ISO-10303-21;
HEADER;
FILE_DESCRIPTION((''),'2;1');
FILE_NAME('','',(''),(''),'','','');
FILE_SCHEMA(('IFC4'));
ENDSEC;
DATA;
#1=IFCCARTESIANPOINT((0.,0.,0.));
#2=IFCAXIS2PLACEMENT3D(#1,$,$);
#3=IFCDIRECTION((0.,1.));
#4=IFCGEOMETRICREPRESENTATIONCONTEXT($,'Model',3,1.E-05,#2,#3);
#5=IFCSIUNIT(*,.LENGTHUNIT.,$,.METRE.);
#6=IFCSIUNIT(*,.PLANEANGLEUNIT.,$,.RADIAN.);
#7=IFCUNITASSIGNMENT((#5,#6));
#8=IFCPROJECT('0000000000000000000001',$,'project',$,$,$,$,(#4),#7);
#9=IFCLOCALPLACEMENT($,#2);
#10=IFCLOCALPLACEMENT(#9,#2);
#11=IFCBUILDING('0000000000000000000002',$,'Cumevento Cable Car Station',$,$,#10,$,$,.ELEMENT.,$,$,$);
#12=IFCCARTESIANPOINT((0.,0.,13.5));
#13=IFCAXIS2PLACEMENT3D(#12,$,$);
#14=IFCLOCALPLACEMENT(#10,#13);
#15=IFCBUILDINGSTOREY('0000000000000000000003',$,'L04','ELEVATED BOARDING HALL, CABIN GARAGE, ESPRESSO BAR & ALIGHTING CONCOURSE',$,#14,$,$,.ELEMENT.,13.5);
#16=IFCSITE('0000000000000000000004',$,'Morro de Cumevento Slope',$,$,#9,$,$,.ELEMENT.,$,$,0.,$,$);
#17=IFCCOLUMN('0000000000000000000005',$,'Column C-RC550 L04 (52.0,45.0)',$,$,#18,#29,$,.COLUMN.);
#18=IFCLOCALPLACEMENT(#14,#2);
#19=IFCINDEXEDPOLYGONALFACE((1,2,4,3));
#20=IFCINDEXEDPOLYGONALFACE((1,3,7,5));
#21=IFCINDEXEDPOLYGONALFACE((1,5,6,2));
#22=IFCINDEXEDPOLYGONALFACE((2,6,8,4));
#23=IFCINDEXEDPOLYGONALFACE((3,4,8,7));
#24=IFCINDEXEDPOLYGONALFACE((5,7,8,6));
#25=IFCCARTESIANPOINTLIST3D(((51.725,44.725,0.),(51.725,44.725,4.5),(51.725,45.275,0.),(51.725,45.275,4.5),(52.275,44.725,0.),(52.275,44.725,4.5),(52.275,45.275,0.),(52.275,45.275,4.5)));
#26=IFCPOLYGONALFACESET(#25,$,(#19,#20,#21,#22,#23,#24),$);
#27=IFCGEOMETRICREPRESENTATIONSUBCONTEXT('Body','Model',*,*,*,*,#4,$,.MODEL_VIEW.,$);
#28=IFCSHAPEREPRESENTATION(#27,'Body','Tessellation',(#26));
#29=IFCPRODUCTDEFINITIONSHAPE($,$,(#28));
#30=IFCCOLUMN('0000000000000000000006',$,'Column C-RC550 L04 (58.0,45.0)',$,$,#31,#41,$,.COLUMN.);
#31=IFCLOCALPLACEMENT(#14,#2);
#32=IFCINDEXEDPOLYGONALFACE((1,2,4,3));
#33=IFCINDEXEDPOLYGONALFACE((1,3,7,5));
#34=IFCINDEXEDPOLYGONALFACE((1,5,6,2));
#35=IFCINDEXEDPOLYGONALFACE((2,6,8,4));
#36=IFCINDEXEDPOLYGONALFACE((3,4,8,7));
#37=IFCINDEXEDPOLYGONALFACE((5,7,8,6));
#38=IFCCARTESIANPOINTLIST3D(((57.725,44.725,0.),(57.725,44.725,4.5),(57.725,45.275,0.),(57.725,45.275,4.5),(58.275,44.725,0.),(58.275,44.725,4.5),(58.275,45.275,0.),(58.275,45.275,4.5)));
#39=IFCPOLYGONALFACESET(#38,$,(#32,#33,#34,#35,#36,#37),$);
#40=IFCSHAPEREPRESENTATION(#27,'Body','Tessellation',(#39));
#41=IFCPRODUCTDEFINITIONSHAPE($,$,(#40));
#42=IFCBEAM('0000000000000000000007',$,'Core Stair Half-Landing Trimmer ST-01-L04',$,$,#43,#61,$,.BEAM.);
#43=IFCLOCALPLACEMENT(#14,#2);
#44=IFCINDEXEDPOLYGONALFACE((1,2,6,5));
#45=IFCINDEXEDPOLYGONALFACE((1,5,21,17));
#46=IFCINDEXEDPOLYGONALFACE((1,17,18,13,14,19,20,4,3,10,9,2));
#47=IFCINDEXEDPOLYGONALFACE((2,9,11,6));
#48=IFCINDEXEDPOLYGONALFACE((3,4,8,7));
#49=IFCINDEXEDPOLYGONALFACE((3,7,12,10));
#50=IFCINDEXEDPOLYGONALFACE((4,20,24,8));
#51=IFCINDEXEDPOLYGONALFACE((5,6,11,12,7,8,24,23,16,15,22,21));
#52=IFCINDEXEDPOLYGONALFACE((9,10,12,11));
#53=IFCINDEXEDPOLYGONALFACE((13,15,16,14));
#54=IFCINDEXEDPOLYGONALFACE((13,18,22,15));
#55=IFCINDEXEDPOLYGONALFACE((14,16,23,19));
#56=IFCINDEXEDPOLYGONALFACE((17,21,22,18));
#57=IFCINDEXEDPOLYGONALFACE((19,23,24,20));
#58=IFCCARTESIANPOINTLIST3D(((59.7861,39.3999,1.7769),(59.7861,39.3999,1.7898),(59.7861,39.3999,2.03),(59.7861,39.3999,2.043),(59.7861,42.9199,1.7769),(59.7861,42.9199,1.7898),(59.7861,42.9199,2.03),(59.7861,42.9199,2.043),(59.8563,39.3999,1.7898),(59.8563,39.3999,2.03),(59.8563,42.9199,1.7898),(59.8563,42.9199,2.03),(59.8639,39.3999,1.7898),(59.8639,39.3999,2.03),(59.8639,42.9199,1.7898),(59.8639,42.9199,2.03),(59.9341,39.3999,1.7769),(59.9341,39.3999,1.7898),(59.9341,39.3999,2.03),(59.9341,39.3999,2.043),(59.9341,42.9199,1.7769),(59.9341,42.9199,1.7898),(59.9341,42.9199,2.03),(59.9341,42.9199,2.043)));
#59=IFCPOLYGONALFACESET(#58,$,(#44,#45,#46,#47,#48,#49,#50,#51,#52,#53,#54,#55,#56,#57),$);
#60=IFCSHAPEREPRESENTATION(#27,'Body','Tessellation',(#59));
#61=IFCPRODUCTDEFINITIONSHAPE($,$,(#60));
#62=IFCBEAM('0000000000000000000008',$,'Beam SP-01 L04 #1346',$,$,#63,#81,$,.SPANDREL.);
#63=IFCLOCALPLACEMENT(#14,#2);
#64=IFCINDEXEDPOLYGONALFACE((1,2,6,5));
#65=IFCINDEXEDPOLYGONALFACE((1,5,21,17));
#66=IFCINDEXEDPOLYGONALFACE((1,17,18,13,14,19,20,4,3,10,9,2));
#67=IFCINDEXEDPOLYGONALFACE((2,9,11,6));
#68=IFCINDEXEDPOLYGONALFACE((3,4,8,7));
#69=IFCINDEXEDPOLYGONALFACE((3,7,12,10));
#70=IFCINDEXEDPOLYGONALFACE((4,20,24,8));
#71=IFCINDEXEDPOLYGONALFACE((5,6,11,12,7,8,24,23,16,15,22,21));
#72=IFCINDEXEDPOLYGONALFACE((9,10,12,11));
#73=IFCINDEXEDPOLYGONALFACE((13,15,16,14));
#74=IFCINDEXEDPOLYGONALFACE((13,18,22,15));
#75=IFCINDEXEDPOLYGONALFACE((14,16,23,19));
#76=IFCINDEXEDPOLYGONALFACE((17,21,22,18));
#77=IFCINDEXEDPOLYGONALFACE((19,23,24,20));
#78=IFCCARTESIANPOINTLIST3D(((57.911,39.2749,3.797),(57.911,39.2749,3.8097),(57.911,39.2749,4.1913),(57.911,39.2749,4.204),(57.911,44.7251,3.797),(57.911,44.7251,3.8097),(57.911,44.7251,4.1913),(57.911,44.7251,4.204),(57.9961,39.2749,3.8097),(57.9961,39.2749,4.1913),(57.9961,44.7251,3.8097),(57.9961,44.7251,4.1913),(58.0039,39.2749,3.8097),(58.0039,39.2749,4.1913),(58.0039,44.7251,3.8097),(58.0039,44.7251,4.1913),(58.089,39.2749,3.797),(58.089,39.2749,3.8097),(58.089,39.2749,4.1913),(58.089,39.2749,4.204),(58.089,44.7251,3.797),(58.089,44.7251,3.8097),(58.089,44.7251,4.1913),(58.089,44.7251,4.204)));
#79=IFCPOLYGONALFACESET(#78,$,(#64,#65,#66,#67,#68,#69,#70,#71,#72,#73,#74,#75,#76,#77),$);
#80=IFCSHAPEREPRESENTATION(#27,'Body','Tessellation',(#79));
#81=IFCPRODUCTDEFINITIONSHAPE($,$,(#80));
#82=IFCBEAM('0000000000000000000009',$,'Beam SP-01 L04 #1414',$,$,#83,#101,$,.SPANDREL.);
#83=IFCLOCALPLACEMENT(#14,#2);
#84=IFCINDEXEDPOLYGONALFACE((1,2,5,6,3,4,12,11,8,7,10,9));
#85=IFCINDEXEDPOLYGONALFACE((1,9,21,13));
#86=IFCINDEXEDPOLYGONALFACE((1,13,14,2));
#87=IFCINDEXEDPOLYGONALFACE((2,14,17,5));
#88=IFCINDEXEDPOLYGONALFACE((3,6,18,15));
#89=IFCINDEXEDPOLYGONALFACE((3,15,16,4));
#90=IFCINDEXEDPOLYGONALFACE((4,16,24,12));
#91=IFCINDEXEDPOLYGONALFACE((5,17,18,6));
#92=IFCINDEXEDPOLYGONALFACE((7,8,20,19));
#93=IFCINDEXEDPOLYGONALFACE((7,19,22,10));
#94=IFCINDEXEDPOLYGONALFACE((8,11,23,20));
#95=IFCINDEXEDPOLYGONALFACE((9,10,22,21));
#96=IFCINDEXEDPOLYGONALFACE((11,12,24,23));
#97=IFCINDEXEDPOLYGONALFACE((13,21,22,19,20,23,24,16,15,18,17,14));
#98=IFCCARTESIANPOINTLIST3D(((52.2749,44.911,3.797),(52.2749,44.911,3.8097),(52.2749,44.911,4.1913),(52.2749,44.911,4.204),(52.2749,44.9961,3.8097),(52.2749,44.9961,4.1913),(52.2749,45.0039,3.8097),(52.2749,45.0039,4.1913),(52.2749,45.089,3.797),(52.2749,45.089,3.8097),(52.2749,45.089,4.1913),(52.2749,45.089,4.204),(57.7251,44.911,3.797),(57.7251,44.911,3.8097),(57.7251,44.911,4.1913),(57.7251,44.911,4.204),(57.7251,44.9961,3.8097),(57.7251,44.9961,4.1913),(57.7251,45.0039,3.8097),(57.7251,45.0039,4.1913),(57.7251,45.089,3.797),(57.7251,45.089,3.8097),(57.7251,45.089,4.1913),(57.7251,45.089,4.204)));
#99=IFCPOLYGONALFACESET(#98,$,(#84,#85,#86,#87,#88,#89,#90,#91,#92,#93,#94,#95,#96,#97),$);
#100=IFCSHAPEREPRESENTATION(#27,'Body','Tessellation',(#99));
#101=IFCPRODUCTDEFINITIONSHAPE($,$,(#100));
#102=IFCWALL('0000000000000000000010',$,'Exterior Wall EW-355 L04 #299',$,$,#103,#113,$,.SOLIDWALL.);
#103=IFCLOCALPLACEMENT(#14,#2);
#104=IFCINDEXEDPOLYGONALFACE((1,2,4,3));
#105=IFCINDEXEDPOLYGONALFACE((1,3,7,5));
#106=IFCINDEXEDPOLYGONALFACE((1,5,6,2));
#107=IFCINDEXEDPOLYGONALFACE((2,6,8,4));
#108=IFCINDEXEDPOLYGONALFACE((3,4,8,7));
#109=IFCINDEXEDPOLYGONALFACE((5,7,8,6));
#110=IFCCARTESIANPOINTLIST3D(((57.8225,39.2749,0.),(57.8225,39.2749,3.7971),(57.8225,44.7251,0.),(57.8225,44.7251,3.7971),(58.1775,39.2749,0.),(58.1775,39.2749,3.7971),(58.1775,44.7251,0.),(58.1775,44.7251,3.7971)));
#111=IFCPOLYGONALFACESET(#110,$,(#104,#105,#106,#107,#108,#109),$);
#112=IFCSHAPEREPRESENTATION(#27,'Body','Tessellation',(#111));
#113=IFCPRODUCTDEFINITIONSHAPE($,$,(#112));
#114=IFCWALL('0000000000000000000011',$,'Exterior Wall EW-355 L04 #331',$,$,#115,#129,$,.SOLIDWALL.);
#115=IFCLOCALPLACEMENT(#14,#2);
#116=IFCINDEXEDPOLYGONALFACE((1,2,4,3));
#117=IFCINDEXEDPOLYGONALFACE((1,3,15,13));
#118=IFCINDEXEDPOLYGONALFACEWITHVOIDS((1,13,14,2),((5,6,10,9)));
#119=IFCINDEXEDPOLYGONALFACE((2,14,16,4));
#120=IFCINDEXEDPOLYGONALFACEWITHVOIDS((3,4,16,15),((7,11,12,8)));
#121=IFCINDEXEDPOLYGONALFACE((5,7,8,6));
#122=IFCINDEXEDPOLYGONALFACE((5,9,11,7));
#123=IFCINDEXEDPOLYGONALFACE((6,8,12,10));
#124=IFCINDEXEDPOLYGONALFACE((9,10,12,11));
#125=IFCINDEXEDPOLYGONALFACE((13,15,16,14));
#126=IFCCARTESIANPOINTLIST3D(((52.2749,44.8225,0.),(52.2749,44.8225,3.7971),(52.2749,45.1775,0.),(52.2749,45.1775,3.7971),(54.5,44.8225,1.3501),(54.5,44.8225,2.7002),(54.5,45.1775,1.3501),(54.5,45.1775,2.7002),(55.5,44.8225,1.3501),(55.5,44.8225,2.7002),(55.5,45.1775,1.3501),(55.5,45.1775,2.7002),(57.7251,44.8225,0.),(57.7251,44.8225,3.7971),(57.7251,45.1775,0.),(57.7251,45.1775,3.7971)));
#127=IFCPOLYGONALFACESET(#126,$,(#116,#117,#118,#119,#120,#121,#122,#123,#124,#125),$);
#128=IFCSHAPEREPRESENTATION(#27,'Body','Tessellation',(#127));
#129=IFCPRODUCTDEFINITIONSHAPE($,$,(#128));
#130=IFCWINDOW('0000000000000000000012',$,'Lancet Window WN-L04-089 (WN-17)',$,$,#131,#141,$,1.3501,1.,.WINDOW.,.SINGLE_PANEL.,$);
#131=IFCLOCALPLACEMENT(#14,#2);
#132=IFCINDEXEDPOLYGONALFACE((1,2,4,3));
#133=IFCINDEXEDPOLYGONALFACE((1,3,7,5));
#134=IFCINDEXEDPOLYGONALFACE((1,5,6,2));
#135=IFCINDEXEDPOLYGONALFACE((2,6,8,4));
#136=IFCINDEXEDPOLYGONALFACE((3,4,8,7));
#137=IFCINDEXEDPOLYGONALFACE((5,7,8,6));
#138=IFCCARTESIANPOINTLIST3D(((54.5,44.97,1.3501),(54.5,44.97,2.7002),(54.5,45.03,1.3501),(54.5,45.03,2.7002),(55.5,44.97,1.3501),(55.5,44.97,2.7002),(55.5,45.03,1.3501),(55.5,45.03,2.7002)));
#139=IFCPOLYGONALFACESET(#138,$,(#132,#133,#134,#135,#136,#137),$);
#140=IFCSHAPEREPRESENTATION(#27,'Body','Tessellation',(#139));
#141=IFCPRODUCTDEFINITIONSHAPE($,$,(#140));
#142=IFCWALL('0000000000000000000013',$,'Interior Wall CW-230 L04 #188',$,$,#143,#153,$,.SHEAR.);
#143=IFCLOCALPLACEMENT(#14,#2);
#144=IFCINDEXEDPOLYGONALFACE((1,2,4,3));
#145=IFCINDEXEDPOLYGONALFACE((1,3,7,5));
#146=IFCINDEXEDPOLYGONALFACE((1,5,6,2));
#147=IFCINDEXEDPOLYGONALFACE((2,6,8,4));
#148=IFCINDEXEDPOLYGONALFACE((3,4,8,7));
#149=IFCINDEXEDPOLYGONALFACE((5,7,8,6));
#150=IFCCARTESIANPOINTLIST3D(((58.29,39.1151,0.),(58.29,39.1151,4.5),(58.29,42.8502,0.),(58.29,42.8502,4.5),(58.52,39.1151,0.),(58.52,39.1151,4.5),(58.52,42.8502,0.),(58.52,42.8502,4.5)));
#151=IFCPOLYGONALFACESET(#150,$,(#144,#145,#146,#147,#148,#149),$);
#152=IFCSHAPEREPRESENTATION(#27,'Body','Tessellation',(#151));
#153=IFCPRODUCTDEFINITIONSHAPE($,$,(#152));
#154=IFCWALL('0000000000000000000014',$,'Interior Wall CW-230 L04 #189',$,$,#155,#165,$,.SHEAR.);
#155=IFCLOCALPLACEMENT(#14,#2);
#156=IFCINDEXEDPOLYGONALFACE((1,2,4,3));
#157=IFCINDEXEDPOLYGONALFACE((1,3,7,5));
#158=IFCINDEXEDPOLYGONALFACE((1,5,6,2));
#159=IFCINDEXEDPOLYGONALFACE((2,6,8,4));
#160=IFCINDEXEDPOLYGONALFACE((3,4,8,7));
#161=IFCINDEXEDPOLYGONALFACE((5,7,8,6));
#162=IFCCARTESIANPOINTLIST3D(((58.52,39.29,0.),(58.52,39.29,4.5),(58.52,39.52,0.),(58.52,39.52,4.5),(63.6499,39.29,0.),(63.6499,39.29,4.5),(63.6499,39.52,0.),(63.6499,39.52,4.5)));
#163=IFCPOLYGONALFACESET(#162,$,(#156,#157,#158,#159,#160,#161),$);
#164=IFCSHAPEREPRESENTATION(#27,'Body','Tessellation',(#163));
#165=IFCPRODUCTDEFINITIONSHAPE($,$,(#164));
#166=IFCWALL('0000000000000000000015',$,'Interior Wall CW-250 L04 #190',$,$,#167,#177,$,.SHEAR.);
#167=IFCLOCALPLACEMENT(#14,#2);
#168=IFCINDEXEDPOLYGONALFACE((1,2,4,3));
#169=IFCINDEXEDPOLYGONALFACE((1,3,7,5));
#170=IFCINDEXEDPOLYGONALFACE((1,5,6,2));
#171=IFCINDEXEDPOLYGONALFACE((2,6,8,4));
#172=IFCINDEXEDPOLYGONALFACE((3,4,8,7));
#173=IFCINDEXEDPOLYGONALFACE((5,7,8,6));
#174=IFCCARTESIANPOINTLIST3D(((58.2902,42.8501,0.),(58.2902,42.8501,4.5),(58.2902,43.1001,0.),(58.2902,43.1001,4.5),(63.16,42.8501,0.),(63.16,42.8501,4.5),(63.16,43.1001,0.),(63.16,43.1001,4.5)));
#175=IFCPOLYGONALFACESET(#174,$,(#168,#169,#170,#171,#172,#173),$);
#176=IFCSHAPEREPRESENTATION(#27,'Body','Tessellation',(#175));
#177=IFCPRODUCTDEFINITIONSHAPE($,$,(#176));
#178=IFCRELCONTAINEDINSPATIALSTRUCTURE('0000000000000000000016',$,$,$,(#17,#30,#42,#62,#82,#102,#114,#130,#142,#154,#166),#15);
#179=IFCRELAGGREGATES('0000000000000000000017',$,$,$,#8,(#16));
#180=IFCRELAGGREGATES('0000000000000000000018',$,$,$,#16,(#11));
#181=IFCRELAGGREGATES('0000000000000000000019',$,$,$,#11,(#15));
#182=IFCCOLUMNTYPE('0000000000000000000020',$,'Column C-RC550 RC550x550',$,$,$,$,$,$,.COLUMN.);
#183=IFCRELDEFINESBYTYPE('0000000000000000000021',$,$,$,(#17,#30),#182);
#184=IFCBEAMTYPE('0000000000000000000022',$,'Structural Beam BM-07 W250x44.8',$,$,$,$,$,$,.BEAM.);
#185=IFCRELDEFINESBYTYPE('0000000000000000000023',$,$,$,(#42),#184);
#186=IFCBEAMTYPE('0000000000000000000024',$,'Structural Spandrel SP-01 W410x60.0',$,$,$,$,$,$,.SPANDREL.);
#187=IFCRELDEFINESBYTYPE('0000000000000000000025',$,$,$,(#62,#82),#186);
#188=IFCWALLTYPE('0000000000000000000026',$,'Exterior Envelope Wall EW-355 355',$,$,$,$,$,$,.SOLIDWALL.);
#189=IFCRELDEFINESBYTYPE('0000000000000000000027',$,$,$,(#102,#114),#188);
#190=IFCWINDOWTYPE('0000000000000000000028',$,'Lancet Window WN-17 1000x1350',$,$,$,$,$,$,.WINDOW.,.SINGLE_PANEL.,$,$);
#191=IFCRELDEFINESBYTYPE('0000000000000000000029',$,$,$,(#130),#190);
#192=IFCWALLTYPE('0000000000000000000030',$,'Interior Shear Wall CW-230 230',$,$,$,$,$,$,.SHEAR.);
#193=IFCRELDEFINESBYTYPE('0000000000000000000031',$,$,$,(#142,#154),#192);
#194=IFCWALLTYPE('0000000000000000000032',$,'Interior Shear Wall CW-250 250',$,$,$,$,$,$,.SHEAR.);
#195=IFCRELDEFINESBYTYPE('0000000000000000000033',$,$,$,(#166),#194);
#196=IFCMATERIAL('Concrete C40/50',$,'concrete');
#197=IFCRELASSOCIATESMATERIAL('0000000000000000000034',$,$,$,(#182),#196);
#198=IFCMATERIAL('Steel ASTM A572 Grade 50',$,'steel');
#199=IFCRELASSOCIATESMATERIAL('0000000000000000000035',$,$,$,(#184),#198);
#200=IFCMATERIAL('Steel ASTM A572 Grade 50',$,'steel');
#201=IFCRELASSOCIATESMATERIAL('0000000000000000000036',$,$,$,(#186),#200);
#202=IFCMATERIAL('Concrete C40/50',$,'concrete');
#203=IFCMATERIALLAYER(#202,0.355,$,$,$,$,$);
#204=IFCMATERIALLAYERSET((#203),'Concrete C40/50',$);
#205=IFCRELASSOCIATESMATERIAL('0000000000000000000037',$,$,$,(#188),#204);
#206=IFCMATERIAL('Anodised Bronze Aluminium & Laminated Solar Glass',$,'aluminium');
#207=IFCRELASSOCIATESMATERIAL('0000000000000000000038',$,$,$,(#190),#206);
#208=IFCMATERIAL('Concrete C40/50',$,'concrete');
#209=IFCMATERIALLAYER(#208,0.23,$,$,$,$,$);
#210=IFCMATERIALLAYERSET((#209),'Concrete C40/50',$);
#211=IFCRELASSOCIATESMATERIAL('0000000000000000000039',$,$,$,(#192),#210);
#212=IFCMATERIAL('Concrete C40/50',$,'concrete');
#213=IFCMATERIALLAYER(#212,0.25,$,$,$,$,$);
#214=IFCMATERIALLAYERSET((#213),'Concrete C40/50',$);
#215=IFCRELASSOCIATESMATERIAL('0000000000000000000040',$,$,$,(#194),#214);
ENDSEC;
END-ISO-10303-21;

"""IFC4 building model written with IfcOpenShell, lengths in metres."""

from ifc_helpers import new_model, si_unit, direction, frame, frame_2d, origin, origin_2d, place, context, subcontext, project, spatial, rectangle, i_section, extrude, material, layer, layer_set, material_profile, profile_set, type_object, element, fill, save


model = new_model("IFC4")

# Units and contexts
model_context = context("Model", 3, precision=1e-05, world=origin(), true_north=direction((0.0, 1.0)))
body_context = subcontext(model_context, "Body", "Model", "MODEL_VIEW")
ifc_project = project(units=[si_unit("LENGTHUNIT", "METRE"), si_unit("PLANEANGLEUNIT", "RADIAN")], contexts=[model_context])

# Site, building, storey
site_placement = place(None, origin())
site = spatial("IfcSite", under=ifc_project, at=site_placement, Name="Morro de Cumevento Slope", CompositionType="ELEMENT", RefElevation=0.0)
building_placement = place(site_placement, origin())
building = spatial("IfcBuilding", under=site, at=building_placement, Name="Cumevento Cable Car Station", CompositionType="ELEMENT")
storey_placement = place(building_placement, frame((0.0, 0.0, 13.5)))
storey = spatial("IfcBuildingStorey", under=building, at=storey_placement, Name="L04", Description="ELEVATED BOARDING HALL, CABIN GARAGE, ESPRESSO BAR & ALIGHTING CONCOURSE", CompositionType="ELEMENT", Elevation=13.5)

# Columns
ifc_material_1 = material(Name="Concrete C40/50", Category="concrete")
ifc_material_profile_1 = material_profile(ifc_material_1, rectangle(XDim=0.55, YDim=0.55, at=origin_2d()), Name="RC550x550")
ifc_profile_set_1 = profile_set([ifc_material_profile_1], Name="Concrete C40/50")
column_type = type_object("IfcColumnType", Name="Column C-RC550 RC550x550", PredefinedType="COLUMN", material=ifc_profile_set_1)
for number, where, z_axis, x_axis, name in (
    (1, (52.0, 45.0, 0.0), (0.0, 0.0, 1.0), (1.0, 0.0, 0.0), "Column C-RC550 L04 (52.0,45.0)"),
    (2, (58.0, 45.0, 0.0), (0.0, 0.0, 1.0), (1.0, 0.0, 0.0), "Column C-RC550 L04 (58.0,45.0)"),
):
    element("IfcColumn", number, at=place(storey_placement, frame(where, z_axis=z_axis, x_axis=x_axis)), inside=storey, type_object=column_type, Name=name, PredefinedType="COLUMN", context=body_context, shape_type="SweptSolid", body=[
        extrude(rectangle(XDim=0.55, YDim=0.55, at=origin_2d()), origin(), (0.0, 0.0, 1.0), 4.5),
    ])

# Beams
ifc_material_2 = material(Name="Steel ASTM A572 Grade 50", Category="steel")
ifc_material_profile_2 = material_profile(ifc_material_2, i_section(OverallWidth=0.1479, OverallDepth=0.2661, WebThickness=0.0076, FlangeThickness=0.0129, at=origin_2d()), Name="W250x44.8")
ifc_profile_set_2 = profile_set([ifc_material_profile_2], Name="Steel ASTM A572 Grade 50")
beam_type_1 = type_object("IfcBeamType", Name="Structural Beam BM-07 W250x44.8", PredefinedType="BEAM", material=ifc_profile_set_2)
beam_placement = place(storey_placement, frame((59.8601, 39.3999, 1.9099), z_axis=(0.0, 1.0, 0.0), x_axis=(-1.0, 0.0, 0.0)))
element("IfcBeam", 3, at=beam_placement, inside=storey, type_object=beam_type_1, Name="Core Stair Half-Landing Trimmer ST-01-L04", PredefinedType="BEAM", context=body_context, shape_type="SweptSolid", body=[
    extrude(i_section(OverallWidth=0.1479, OverallDepth=0.2661, WebThickness=0.0076, FlangeThickness=0.0129, at=origin_2d()), origin(), (0.0, 0.0, 1.0), 3.52),
])
ifc_material_3 = material(Name="Steel ASTM A572 Grade 50", Category="steel")
ifc_material_profile_3 = material_profile(ifc_material_3, i_section(OverallWidth=0.178, OverallDepth=0.407, WebThickness=0.0078, FlangeThickness=0.0127, at=origin_2d()), Name="W410x60.0")
ifc_profile_set_3 = profile_set([ifc_material_profile_3], Name="Steel ASTM A572 Grade 50")
beam_type_2 = type_object("IfcBeamType", Name="Structural Spandrel SP-01 W410x60.0", PredefinedType="SPANDREL", material=ifc_profile_set_3)
for number, where, z_axis, x_axis, name in (
    (4, (58.0, 39.2749, 4.0005), (0.0, 1.0, 0.0), (-1.0, 0.0, 0.0), "Beam SP-01 L04 #1346"),
    (5, (52.2749, 45.0, 4.0005), (1.0, 0.0, 0.0), (0.0, 1.0, 0.0), "Beam SP-01 L04 #1414"),
):
    element("IfcBeam", number, at=place(storey_placement, frame(where, z_axis=z_axis, x_axis=x_axis)), inside=storey, type_object=beam_type_2, Name=name, PredefinedType="SPANDREL", context=body_context, shape_type="SweptSolid", body=[
        extrude(i_section(OverallWidth=0.178, OverallDepth=0.407, WebThickness=0.0078, FlangeThickness=0.0127, at=origin_2d()), origin(), (0.0, 0.0, 1.0), 5.4502),
    ])

# Wall
ifc_material_4 = material(Name="Concrete C40/50", Category="concrete")
ifc_layer_1 = layer(ifc_material_4, 0.355)
ifc_layer_set_1 = layer_set([ifc_layer_1], Name="Concrete C40/50")
wall_type_1 = type_object("IfcWallType", Name="Exterior Envelope Wall EW-355 355", PredefinedType="SOLIDWALL", material=ifc_layer_set_1)
wall_1_placement = place(storey_placement, frame((58.0, 39.2749, 0.0), z_axis=(0.0, 0.0, 1.0), x_axis=(0.0, 1.0, 0.0)))
element("IfcWall", 6, at=wall_1_placement, inside=storey, type_object=wall_type_1, Name="Exterior Wall EW-355 L04 #299", PredefinedType="SOLIDWALL", context=body_context, shape_type="SweptSolid", body=[
    extrude(rectangle(XDim=5.4502, YDim=0.355, at=frame_2d((2.7251, 0.0))), origin(), (0.0, 0.0, 1.0), 3.7971),
])

# Wall, opening, window
wall_2_placement = place(storey_placement, frame((57.7251, 45.0, 0.0), z_axis=(0.0, 0.0, 1.0), x_axis=(-1.0, 0.0, 0.0)))
wall_2 = element("IfcWall", 7, at=wall_2_placement, inside=storey, type_object=wall_type_1, Name="Exterior Wall EW-355 L04 #331", PredefinedType="SOLIDWALL", context=body_context, shape_type="SweptSolid", body=[
    extrude(rectangle(XDim=5.4502, YDim=0.355, at=frame_2d((2.7251, 0.0))), origin(), (0.0, 0.0, 1.0), 3.7971),
])
opening_placement = place(wall_2_placement, frame((2.2251, 0.0, 1.3501)))
opening = element("IfcOpeningElement", 8, at=opening_placement, cuts=wall_2, PredefinedType="OPENING", context=body_context, shape_type="SweptSolid", body=[
    extrude(rectangle(XDim=1.0, YDim=1.3501, at=frame_2d((0.5, 0.675))), frame((0.0, 0.1875, 0.0), z_axis=(0.0, -1.0, 0.0), x_axis=(1.0, 0.0, 0.0)), (0.0, 0.0, 1.0), 0.375),
])
ifc_material_5 = material(Name="Anodised Bronze Aluminium & Laminated Solar Glass", Category="aluminium")
window_type = type_object("IfcWindowType", Name="Lancet Window WN-17 1000x1350", PartitioningType="SINGLE_PANEL", PredefinedType="WINDOW", material=ifc_material_5)
window_placement = place(opening_placement, origin())
window = element("IfcWindow", 9, at=window_placement, inside=storey, type_object=window_type, Name="Lancet Window WN-L04-089 (WN-17)", OverallHeight=1.3501, OverallWidth=1.0, PartitioningType="SINGLE_PANEL", PredefinedType="WINDOW", context=body_context, shape_type="SweptSolid", body=[
    extrude(rectangle(XDim=1.0, YDim=1.3501, at=frame_2d((0.5, 0.675))), frame((0.0, 0.03, 0.0), z_axis=(0.0, -1.0, 0.0), x_axis=(1.0, 0.0, 0.0)), (0.0, 0.0, 1.0), 0.0601),
])
fill(opening, window)

# Walls
ifc_material_6 = material(Name="Concrete C40/50", Category="concrete")
ifc_layer_2 = layer(ifc_material_6, 0.23)
ifc_layer_set_2 = layer_set([ifc_layer_2], Name="Concrete C40/50")
wall_type_2 = type_object("IfcWallType", Name="Interior Shear Wall CW-230 230", PredefinedType="SHEAR", material=ifc_layer_set_2)
wall_3_placement = place(storey_placement, frame((58.405, 39.115, 0.0), z_axis=(0.0, 0.0, 1.0), x_axis=(0.0, 1.0, 0.0)))
element("IfcWall", 10, at=wall_3_placement, inside=storey, type_object=wall_type_2, Name="Interior Wall CW-230 L04 #188", PredefinedType="SHEAR", context=body_context, shape_type="SweptSolid", body=[
    extrude(rectangle(XDim=3.7351, YDim=0.23, at=frame_2d((1.8677, 0.0))), origin(), (0.0, 0.0, 1.0), 4.5),
])
wall_4_placement = place(storey_placement, frame((58.52, 39.405, 0.0), z_axis=(0.0, 0.0, 1.0), x_axis=(1.0, 0.0, 0.0)))
element("IfcWall", 11, at=wall_4_placement, inside=storey, type_object=wall_type_2, Name="Interior Wall CW-230 L04 #189", PredefinedType="SHEAR", context=body_context, shape_type="SweptSolid", body=[
    extrude(rectangle(XDim=5.1299, YDim=0.23, at=frame_2d((2.5649, 0.0))), origin(), (0.0, 0.0, 1.0), 4.5),
])
ifc_material_7 = material(Name="Concrete C40/50", Category="concrete")
ifc_layer_3 = layer(ifc_material_7, 0.25)
ifc_layer_set_3 = layer_set([ifc_layer_3], Name="Concrete C40/50")
wall_type_3 = type_object("IfcWallType", Name="Interior Shear Wall CW-250 250", PredefinedType="SHEAR", material=ifc_layer_set_3)
wall_5_placement = place(storey_placement, frame((58.29, 42.9751, 0.0), z_axis=(0.0, 0.0, 1.0), x_axis=(1.0, 0.0, 0.0)))
element("IfcWall", 12, at=wall_5_placement, inside=storey, type_object=wall_type_3, Name="Interior Wall CW-250 L04 #190", PredefinedType="SHEAR", context=body_context, shape_type="SweptSolid", body=[
    extrude(rectangle(XDim=4.8699, YDim=0.25, at=frame_2d((2.4351, 0.0))), origin(), (0.0, 0.0, 1.0), 4.5),
])

save(model, "model.ifc")
